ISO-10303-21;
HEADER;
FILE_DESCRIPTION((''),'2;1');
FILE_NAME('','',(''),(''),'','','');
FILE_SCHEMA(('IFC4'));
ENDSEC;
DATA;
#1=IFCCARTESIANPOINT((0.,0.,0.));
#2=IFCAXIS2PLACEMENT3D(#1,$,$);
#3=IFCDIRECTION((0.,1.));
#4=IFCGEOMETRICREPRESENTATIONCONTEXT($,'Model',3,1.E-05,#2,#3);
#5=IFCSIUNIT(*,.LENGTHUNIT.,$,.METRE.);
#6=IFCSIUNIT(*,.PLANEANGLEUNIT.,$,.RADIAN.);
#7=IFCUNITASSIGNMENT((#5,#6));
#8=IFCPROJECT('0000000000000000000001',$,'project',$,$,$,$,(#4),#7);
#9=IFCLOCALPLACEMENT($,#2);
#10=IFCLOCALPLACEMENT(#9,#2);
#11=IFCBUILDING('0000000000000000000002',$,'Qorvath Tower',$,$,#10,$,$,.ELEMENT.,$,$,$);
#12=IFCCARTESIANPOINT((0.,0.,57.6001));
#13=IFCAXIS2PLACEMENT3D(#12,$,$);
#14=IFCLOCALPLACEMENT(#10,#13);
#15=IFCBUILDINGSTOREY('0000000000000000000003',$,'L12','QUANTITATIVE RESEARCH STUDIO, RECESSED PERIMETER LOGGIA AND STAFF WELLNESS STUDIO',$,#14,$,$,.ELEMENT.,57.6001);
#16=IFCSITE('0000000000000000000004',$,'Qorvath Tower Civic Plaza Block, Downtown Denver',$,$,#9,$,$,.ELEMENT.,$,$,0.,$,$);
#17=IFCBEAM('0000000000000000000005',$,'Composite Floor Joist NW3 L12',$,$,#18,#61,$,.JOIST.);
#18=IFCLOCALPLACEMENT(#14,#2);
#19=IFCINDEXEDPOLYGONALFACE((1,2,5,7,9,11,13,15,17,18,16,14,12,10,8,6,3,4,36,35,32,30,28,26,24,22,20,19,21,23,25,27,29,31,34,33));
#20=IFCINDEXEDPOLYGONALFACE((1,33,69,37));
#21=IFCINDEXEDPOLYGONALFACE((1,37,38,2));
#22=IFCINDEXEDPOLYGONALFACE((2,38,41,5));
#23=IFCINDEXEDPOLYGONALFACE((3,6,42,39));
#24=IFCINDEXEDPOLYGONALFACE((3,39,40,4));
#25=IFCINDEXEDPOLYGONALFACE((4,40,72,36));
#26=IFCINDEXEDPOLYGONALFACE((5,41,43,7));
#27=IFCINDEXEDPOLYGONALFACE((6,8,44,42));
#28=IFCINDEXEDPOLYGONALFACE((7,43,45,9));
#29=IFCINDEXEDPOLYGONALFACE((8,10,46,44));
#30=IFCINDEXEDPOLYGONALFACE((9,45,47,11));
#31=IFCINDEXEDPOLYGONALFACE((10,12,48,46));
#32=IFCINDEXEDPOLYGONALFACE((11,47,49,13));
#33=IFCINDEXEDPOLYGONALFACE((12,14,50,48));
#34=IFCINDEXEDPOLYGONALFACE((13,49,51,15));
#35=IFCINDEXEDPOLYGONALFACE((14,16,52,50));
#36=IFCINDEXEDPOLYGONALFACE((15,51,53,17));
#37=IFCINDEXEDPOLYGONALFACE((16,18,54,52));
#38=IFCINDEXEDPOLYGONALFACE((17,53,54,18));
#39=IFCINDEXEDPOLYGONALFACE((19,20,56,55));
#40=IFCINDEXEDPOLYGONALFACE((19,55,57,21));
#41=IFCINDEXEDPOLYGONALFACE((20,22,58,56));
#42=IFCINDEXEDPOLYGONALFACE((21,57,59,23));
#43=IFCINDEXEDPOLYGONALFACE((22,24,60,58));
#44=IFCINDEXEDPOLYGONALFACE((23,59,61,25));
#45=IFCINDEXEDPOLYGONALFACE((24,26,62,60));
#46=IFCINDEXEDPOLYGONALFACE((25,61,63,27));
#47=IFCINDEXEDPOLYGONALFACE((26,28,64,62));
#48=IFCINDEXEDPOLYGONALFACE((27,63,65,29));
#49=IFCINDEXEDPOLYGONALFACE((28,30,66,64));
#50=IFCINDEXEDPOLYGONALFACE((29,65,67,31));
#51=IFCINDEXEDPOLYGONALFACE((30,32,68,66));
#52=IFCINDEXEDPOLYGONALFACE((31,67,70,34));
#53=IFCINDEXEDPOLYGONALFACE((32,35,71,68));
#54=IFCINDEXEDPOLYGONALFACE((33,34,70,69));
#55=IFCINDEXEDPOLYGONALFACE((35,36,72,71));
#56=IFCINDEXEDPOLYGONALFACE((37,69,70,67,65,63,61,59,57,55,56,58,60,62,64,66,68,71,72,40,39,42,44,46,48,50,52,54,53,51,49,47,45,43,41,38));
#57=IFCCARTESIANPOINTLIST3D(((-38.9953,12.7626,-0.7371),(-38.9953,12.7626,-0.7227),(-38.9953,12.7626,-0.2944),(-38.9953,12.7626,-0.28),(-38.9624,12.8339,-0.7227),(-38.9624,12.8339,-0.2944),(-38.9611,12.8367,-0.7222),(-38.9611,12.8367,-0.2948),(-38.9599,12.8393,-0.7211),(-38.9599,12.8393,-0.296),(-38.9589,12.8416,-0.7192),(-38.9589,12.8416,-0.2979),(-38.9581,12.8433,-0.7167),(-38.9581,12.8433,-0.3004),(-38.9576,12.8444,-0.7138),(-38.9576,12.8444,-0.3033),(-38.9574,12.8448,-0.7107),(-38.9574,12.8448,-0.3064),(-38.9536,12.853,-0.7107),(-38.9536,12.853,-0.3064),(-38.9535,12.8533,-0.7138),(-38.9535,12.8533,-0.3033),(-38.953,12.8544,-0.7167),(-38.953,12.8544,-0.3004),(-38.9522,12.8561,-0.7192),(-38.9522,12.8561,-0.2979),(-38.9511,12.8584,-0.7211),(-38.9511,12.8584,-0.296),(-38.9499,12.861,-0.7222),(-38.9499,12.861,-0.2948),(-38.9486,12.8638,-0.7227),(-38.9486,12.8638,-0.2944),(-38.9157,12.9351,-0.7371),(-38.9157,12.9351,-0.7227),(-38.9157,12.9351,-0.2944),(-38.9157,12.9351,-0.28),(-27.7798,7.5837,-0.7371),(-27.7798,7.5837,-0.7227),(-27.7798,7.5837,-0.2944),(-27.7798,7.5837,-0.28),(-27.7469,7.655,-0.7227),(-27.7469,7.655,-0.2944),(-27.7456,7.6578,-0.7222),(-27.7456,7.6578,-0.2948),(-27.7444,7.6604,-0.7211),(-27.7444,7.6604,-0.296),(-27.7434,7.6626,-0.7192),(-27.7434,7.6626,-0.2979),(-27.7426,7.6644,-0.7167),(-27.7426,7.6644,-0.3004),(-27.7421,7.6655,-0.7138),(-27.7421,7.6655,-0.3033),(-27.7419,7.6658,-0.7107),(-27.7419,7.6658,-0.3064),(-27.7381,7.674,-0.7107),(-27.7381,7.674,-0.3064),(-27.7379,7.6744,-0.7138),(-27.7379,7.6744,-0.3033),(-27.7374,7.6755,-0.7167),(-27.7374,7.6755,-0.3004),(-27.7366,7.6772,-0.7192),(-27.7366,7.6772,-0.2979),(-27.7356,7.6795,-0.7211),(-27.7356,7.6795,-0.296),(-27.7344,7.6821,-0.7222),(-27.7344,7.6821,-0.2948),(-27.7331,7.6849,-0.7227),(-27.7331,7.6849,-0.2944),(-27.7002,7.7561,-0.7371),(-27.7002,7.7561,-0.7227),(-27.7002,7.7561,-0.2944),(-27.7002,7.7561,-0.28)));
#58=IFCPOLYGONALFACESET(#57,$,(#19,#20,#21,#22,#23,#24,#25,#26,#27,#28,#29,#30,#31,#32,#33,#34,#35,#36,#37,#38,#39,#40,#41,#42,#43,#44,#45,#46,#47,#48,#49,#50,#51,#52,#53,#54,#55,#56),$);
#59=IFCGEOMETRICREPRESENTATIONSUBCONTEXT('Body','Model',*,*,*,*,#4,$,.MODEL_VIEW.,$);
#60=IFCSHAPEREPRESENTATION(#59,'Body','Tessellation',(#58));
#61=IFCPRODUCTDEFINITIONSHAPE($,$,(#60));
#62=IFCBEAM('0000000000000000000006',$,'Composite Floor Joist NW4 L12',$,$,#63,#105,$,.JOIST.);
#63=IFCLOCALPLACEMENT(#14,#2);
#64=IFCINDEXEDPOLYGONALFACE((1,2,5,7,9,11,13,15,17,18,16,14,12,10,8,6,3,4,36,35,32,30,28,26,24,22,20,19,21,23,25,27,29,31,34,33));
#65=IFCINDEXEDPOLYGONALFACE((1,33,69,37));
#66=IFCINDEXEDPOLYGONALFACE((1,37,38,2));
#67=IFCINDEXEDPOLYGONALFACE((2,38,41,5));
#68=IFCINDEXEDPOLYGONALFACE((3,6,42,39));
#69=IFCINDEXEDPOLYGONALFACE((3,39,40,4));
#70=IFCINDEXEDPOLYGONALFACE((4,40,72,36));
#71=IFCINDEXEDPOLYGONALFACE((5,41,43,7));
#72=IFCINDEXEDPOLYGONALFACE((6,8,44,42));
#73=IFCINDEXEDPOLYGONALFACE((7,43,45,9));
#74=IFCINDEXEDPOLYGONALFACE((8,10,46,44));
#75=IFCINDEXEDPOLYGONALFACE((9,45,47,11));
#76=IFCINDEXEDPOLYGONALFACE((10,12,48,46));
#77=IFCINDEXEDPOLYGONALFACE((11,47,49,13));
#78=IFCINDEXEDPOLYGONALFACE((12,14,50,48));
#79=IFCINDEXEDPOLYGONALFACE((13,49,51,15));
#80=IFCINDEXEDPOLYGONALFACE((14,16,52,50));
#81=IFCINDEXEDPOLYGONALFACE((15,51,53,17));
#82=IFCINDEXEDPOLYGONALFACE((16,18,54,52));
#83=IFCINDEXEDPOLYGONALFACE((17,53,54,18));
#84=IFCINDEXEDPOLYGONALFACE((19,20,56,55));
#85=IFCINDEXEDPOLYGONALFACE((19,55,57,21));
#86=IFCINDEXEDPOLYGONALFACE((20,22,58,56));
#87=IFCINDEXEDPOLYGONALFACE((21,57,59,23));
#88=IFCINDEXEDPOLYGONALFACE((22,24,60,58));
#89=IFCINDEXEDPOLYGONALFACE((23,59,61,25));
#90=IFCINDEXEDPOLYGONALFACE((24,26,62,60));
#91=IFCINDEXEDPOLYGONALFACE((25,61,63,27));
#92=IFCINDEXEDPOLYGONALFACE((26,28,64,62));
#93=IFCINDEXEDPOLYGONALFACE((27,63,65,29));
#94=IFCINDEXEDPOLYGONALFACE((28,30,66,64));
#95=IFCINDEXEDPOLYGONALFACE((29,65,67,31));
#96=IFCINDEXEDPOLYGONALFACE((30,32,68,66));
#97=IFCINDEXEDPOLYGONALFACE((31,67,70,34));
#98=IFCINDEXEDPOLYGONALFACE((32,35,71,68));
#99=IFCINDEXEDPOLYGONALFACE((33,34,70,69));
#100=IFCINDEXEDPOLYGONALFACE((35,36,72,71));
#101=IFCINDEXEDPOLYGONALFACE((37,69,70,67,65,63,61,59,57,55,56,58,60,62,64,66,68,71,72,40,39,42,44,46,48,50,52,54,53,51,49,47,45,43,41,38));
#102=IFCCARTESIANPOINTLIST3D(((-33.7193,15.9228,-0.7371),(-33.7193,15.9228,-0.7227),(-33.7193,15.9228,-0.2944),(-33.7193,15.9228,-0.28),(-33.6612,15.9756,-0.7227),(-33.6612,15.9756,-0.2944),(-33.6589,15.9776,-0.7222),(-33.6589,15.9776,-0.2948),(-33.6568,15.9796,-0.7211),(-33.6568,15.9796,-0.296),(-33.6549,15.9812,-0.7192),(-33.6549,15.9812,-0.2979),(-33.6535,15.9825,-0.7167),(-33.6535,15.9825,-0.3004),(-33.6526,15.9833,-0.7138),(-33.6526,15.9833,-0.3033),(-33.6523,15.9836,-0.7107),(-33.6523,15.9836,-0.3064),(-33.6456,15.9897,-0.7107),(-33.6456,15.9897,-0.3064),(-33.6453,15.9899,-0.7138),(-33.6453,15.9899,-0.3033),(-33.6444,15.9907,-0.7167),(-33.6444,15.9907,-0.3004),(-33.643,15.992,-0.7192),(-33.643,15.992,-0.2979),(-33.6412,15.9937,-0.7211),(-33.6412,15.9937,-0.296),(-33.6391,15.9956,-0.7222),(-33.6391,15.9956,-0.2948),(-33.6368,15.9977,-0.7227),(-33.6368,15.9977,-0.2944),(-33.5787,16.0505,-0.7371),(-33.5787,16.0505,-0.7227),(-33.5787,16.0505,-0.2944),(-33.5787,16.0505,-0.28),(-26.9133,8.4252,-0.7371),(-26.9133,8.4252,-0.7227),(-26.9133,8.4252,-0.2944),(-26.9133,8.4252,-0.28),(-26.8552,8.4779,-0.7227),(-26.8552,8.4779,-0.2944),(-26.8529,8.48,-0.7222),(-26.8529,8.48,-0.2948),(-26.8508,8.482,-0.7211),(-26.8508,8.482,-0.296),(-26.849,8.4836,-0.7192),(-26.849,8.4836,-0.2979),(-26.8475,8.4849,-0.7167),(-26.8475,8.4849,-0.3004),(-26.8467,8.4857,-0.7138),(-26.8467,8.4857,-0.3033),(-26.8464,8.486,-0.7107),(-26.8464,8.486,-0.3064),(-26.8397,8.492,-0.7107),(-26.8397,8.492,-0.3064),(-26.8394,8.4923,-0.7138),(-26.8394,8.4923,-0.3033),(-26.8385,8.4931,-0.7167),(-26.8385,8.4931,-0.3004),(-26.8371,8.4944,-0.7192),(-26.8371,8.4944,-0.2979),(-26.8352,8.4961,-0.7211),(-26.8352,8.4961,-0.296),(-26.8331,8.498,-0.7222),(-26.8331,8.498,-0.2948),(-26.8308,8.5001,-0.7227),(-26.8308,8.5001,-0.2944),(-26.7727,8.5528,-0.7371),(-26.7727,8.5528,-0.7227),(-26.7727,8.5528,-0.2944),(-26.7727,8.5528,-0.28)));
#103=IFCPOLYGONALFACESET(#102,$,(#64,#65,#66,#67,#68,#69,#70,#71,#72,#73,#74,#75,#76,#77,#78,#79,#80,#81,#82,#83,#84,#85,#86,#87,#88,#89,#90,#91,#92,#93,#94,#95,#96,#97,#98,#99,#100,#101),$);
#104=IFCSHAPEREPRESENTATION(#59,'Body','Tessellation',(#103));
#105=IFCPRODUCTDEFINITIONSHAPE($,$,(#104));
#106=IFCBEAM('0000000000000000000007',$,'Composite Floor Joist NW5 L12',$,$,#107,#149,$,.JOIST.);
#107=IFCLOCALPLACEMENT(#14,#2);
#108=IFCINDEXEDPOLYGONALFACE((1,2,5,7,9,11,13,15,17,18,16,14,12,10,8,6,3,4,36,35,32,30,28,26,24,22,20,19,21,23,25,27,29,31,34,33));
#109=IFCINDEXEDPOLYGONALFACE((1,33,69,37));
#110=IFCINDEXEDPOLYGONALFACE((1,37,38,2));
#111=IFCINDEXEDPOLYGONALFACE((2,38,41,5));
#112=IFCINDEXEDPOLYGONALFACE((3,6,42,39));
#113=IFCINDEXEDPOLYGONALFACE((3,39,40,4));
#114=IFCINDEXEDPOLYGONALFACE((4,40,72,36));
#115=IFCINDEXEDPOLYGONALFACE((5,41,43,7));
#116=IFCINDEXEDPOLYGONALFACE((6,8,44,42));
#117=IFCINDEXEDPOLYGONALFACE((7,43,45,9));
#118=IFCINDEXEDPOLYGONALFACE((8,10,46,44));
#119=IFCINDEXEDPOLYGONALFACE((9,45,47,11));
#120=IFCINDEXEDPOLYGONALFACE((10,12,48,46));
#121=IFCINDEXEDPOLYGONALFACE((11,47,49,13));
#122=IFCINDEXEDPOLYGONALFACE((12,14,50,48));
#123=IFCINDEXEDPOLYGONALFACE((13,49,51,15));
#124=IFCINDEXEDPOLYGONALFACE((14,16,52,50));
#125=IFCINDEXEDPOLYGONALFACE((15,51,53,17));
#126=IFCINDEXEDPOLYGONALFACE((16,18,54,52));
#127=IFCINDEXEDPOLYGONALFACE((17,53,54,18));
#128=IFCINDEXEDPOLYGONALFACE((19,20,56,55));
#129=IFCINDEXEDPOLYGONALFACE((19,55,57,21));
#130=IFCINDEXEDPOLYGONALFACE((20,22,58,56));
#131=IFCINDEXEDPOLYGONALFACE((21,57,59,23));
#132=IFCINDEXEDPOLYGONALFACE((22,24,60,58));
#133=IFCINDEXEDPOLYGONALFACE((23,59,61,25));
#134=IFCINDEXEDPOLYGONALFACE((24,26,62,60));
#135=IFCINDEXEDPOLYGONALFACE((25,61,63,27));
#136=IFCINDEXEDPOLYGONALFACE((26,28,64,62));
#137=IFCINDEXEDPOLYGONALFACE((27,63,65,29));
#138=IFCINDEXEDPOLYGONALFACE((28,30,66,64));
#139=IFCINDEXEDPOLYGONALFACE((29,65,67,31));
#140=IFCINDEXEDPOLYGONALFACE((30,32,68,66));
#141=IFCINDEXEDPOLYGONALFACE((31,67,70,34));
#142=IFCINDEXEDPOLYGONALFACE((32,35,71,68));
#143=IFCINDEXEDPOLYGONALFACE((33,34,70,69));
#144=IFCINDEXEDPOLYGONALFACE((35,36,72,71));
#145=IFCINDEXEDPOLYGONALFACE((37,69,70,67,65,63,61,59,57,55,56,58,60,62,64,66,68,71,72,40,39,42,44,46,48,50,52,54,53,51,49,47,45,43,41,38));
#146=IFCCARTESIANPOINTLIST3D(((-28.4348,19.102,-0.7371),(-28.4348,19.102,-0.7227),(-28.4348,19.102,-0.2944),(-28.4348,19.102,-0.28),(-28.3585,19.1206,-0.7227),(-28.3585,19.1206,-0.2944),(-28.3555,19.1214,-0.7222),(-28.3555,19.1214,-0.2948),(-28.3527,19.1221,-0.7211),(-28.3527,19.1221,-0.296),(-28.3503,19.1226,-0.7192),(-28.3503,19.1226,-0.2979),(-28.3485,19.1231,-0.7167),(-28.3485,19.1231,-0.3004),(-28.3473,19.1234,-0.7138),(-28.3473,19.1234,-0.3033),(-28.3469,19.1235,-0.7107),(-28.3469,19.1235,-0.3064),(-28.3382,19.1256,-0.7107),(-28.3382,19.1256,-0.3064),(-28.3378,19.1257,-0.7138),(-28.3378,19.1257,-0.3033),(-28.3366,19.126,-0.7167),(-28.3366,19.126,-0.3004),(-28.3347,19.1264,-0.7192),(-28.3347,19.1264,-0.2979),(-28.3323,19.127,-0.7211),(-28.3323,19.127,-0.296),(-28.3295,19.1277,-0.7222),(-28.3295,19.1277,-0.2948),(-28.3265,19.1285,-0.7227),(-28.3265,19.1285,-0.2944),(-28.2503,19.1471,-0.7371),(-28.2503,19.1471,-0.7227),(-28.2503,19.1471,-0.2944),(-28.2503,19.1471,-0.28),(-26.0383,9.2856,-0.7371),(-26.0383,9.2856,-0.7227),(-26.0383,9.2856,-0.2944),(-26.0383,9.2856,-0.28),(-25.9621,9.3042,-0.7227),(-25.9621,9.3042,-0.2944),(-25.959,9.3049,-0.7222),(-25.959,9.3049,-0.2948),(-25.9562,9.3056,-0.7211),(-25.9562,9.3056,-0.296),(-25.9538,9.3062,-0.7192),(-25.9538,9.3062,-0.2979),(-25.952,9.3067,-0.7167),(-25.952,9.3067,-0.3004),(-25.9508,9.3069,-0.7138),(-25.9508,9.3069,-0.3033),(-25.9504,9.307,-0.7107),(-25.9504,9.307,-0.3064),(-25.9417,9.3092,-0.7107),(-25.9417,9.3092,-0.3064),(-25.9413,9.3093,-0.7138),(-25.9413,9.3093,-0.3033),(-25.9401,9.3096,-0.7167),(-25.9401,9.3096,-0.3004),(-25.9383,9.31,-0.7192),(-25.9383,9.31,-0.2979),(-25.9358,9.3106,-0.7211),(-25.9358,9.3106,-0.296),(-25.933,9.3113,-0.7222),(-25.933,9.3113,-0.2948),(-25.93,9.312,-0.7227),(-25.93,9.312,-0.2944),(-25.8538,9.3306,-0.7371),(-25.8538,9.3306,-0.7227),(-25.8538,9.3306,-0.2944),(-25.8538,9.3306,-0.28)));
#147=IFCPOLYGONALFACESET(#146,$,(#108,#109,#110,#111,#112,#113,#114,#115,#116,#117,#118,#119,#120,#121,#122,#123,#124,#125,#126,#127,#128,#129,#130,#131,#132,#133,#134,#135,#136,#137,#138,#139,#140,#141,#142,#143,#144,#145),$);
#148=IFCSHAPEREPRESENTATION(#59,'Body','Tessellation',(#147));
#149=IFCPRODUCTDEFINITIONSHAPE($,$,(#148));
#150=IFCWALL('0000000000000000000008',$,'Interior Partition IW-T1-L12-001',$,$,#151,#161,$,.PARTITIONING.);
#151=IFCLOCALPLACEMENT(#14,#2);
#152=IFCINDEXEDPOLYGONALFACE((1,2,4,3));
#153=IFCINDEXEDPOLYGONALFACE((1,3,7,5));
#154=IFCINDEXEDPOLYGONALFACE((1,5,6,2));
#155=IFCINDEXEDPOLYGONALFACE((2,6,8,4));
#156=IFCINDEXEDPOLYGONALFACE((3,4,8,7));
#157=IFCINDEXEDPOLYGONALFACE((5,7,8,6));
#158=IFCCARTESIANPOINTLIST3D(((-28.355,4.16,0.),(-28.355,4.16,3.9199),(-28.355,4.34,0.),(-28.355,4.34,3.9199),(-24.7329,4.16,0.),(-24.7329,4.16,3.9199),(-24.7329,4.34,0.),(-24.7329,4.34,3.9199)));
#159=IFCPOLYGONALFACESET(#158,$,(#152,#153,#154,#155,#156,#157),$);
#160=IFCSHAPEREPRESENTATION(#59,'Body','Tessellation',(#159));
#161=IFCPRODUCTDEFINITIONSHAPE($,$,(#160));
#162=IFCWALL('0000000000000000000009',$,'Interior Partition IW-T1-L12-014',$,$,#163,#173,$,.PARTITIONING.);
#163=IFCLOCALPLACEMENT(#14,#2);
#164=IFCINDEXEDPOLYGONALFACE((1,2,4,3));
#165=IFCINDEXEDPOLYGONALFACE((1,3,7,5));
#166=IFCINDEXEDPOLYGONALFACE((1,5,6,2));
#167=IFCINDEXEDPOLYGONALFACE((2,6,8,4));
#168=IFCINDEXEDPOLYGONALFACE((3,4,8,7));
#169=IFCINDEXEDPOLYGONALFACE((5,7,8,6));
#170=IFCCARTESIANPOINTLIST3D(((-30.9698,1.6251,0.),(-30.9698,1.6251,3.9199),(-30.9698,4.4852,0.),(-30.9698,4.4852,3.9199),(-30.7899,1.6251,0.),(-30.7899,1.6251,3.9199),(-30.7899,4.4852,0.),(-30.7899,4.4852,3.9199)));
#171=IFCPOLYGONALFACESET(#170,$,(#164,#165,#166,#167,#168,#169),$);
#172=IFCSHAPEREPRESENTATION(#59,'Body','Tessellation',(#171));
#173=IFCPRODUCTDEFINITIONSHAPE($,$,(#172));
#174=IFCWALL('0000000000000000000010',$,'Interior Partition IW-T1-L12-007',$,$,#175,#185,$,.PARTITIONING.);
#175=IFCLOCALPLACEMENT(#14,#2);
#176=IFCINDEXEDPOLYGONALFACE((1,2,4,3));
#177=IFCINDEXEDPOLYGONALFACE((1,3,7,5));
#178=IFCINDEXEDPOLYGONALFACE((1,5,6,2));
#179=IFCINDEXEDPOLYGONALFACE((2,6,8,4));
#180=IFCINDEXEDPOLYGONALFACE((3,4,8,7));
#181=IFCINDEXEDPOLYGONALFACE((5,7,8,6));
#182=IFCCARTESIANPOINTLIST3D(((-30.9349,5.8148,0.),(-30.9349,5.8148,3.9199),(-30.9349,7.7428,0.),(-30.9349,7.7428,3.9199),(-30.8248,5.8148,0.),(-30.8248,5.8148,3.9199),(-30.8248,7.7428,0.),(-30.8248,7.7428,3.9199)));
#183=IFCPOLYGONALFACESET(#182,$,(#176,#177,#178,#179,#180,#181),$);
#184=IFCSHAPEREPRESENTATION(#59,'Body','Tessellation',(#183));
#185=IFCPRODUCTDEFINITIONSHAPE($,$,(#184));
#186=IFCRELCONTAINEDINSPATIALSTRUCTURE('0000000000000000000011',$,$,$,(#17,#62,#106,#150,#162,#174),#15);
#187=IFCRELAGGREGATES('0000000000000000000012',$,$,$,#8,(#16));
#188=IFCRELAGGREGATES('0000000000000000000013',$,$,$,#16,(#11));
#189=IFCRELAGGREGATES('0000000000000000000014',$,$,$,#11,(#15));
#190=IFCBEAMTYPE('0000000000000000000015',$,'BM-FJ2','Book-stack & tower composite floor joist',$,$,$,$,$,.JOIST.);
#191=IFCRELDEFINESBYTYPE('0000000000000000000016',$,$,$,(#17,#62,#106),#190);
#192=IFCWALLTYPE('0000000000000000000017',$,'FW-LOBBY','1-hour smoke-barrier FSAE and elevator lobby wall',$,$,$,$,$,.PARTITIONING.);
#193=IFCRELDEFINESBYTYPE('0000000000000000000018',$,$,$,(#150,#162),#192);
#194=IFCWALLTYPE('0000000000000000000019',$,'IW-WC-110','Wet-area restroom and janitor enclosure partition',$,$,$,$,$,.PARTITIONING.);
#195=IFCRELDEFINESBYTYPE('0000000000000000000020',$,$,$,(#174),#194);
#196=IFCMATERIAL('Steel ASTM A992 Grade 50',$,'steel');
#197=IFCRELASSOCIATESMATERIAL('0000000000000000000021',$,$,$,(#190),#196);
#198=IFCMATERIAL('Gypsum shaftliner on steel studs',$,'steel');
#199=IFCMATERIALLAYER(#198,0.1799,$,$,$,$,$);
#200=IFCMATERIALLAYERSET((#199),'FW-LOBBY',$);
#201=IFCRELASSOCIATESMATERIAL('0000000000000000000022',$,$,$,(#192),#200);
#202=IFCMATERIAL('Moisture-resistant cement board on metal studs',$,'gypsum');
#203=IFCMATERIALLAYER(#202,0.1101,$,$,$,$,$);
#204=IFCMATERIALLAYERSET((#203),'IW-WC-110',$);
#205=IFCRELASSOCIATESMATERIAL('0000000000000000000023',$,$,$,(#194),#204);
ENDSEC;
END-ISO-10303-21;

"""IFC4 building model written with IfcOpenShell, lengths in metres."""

from ifc_helpers import new_model, si_unit, direction, frame, frame_2d, origin, origin_2d, place, context, subcontext, project, spatial, rectangle, i_section, extrude, material, layer, layer_set, material_profile, profile_set, type_object, element, save


model = new_model("IFC4")

# Units and contexts
model_context = context("Model", 3, precision=1e-05, world=origin(), true_north=direction((0.0, 1.0)))
body_context = subcontext(model_context, "Body", "Model", "MODEL_VIEW")
ifc_project = project(units=[si_unit("LENGTHUNIT", "METRE"), si_unit("PLANEANGLEUNIT", "RADIAN")], contexts=[model_context])

# Site, building, storey
site_placement = place(None, origin())
site = spatial("IfcSite", under=ifc_project, at=site_placement, Name="Qorvath Tower Civic Plaza Block, Downtown Denver", CompositionType="ELEMENT", RefElevation=0.0)
building_placement = place(site_placement, origin())
building = spatial("IfcBuilding", under=site, at=building_placement, Name="Qorvath Tower", CompositionType="ELEMENT")
storey_placement = place(building_placement, frame((0.0, 0.0, 57.6001)))
storey = spatial("IfcBuildingStorey", under=building, at=storey_placement, Name="L12", Description="QUANTITATIVE RESEARCH STUDIO, RECESSED PERIMETER LOGGIA AND STAFF WELLNESS STUDIO", CompositionType="ELEMENT", Elevation=57.6001)

# Beams
ifc_material_1 = material(Name="Steel ASTM A992 Grade 50", Category="steel")
ifc_material_profile_1 = material_profile(ifc_material_1, i_section(OverallWidth=0.1899, OverallDepth=0.457, WebThickness=0.009, FlangeThickness=0.0144, FilletRadius=0.012, at=origin_2d()), Name="W18x50")
ifc_profile_set_1 = profile_set([ifc_material_profile_1], Name="Steel ASTM A992 Grade 50")
beam_type_1 = type_object("IfcBeamType", Name="BM-FJ2", Description="Book-stack & tower composite floor joist", PredefinedType="JOIST", material=ifc_profile_set_1)
beam_1_placement = place(storey_placement, frame((-27.74, 7.6699, -0.5085), z_axis=(-0.907881, 0.419227, 0.0), x_axis=(-0.419227, -0.907881, 0.0)))
element("IfcBeam", 1, at=beam_1_placement, inside=storey, type_object=beam_type_1, Name="Composite Floor Joist NW3 L12", PredefinedType="JOIST", context=body_context, shape_type="SweptSolid", body=[
    extrude(i_section(OverallWidth=0.1899, OverallDepth=0.457, WebThickness=0.009, FlangeThickness=0.0144, FilletRadius=0.012, at=origin_2d()), origin(), (0.0, 0.0, 1.0), 12.3535),
])
beam_2_placement = place(storey_placement, frame((-26.843, 8.489, -0.5085), z_axis=(-0.672129, 0.740434, 0.0), x_axis=(-0.740434, -0.672129, 0.0)))
element("IfcBeam", 2, at=beam_2_placement, inside=storey, type_object=beam_type_1, Name="Composite Floor Joist NW4 L12", PredefinedType="JOIST", context=body_context, shape_type="SweptSolid", body=[
    extrude(i_section(OverallWidth=0.1899, OverallDepth=0.457, WebThickness=0.009, FlangeThickness=0.0144, FilletRadius=0.012, at=origin_2d()), origin(), (0.0, 0.0, 1.0), 10.126),
])
beam_3_placement = place(storey_placement, frame((-25.946, 9.3081, -0.5085), z_axis=(-0.237165, 0.971469, 0.0), x_axis=(-0.971469, -0.237165, 0.0)))
element("IfcBeam", 3, at=beam_3_placement, inside=storey, type_object=beam_type_1, Name="Composite Floor Joist NW5 L12", PredefinedType="JOIST", context=body_context, shape_type="SweptSolid", body=[
    extrude(i_section(OverallWidth=0.1899, OverallDepth=0.457, WebThickness=0.009, FlangeThickness=0.0144, FilletRadius=0.012, at=origin_2d()), origin(), (0.0, 0.0, 1.0), 10.1047),
])

# Wall
ifc_material_2 = material(Name="Gypsum shaftliner on steel studs", Category="steel")
ifc_layer_1 = layer(ifc_material_2, 0.1799)
ifc_layer_set_1 = layer_set([ifc_layer_1], Name="FW-LOBBY")
wall_type_1 = type_object("IfcWallType", Name="FW-LOBBY", Description="1-hour smoke-barrier FSAE and elevator lobby wall", PredefinedType="PARTITIONING", material=ifc_layer_set_1)
wall_1_placement = place(storey_placement, frame((-28.355, 4.25, 0.0), z_axis=(0.0, 0.0, 1.0), x_axis=(1.0, 0.0, 0.0)))
element("IfcWall", 4, at=wall_1_placement, inside=storey, type_object=wall_type_1, Name="Interior Partition IW-T1-L12-001", PredefinedType="PARTITIONING", context=body_context, shape_type="SweptSolid", body=[
    extrude(rectangle(XDim=3.6221, YDim=0.1799, at=frame_2d((1.811, 0.0))), origin(), (0.0, 0.0, 1.0), 3.9199),
])

# Walls
wall_2_placement = place(storey_placement, frame((-30.8799, 1.625, 0.0), z_axis=(0.0, 0.0, 1.0), x_axis=(0.0, 1.0, 0.0)))
element("IfcWall", 5, at=wall_2_placement, inside=storey, type_object=wall_type_1, Name="Interior Partition IW-T1-L12-014", PredefinedType="PARTITIONING", context=body_context, shape_type="SweptSolid", body=[
    extrude(rectangle(XDim=2.8601, YDim=0.1799, at=frame_2d((1.4302, 0.0))), origin(), (0.0, 0.0, 1.0), 3.9199),
])
ifc_material_3 = material(Name="Moisture-resistant cement board on metal studs", Category="gypsum")
ifc_layer_2 = layer(ifc_material_3, 0.1101)
ifc_layer_set_2 = layer_set([ifc_layer_2], Name="IW-WC-110")
wall_type_2 = type_object("IfcWallType", Name="IW-WC-110", Description="Wet-area restroom and janitor enclosure partition", PredefinedType="PARTITIONING", material=ifc_layer_set_2)
wall_3_placement = place(storey_placement, frame((-30.8799, 5.8149, 0.0), z_axis=(0.0, 0.0, 1.0), x_axis=(0.0, 1.0, 0.0)))
element("IfcWall", 6, at=wall_3_placement, inside=storey, type_object=wall_type_2, Name="Interior Partition IW-T1-L12-007", PredefinedType="PARTITIONING", context=body_context, shape_type="SweptSolid", body=[
    extrude(rectangle(XDim=1.928, YDim=0.1101, at=frame_2d((0.9639, 0.0))), origin(), (0.0, 0.0, 1.0), 3.9199),
])

save(model, "model.ifc")
